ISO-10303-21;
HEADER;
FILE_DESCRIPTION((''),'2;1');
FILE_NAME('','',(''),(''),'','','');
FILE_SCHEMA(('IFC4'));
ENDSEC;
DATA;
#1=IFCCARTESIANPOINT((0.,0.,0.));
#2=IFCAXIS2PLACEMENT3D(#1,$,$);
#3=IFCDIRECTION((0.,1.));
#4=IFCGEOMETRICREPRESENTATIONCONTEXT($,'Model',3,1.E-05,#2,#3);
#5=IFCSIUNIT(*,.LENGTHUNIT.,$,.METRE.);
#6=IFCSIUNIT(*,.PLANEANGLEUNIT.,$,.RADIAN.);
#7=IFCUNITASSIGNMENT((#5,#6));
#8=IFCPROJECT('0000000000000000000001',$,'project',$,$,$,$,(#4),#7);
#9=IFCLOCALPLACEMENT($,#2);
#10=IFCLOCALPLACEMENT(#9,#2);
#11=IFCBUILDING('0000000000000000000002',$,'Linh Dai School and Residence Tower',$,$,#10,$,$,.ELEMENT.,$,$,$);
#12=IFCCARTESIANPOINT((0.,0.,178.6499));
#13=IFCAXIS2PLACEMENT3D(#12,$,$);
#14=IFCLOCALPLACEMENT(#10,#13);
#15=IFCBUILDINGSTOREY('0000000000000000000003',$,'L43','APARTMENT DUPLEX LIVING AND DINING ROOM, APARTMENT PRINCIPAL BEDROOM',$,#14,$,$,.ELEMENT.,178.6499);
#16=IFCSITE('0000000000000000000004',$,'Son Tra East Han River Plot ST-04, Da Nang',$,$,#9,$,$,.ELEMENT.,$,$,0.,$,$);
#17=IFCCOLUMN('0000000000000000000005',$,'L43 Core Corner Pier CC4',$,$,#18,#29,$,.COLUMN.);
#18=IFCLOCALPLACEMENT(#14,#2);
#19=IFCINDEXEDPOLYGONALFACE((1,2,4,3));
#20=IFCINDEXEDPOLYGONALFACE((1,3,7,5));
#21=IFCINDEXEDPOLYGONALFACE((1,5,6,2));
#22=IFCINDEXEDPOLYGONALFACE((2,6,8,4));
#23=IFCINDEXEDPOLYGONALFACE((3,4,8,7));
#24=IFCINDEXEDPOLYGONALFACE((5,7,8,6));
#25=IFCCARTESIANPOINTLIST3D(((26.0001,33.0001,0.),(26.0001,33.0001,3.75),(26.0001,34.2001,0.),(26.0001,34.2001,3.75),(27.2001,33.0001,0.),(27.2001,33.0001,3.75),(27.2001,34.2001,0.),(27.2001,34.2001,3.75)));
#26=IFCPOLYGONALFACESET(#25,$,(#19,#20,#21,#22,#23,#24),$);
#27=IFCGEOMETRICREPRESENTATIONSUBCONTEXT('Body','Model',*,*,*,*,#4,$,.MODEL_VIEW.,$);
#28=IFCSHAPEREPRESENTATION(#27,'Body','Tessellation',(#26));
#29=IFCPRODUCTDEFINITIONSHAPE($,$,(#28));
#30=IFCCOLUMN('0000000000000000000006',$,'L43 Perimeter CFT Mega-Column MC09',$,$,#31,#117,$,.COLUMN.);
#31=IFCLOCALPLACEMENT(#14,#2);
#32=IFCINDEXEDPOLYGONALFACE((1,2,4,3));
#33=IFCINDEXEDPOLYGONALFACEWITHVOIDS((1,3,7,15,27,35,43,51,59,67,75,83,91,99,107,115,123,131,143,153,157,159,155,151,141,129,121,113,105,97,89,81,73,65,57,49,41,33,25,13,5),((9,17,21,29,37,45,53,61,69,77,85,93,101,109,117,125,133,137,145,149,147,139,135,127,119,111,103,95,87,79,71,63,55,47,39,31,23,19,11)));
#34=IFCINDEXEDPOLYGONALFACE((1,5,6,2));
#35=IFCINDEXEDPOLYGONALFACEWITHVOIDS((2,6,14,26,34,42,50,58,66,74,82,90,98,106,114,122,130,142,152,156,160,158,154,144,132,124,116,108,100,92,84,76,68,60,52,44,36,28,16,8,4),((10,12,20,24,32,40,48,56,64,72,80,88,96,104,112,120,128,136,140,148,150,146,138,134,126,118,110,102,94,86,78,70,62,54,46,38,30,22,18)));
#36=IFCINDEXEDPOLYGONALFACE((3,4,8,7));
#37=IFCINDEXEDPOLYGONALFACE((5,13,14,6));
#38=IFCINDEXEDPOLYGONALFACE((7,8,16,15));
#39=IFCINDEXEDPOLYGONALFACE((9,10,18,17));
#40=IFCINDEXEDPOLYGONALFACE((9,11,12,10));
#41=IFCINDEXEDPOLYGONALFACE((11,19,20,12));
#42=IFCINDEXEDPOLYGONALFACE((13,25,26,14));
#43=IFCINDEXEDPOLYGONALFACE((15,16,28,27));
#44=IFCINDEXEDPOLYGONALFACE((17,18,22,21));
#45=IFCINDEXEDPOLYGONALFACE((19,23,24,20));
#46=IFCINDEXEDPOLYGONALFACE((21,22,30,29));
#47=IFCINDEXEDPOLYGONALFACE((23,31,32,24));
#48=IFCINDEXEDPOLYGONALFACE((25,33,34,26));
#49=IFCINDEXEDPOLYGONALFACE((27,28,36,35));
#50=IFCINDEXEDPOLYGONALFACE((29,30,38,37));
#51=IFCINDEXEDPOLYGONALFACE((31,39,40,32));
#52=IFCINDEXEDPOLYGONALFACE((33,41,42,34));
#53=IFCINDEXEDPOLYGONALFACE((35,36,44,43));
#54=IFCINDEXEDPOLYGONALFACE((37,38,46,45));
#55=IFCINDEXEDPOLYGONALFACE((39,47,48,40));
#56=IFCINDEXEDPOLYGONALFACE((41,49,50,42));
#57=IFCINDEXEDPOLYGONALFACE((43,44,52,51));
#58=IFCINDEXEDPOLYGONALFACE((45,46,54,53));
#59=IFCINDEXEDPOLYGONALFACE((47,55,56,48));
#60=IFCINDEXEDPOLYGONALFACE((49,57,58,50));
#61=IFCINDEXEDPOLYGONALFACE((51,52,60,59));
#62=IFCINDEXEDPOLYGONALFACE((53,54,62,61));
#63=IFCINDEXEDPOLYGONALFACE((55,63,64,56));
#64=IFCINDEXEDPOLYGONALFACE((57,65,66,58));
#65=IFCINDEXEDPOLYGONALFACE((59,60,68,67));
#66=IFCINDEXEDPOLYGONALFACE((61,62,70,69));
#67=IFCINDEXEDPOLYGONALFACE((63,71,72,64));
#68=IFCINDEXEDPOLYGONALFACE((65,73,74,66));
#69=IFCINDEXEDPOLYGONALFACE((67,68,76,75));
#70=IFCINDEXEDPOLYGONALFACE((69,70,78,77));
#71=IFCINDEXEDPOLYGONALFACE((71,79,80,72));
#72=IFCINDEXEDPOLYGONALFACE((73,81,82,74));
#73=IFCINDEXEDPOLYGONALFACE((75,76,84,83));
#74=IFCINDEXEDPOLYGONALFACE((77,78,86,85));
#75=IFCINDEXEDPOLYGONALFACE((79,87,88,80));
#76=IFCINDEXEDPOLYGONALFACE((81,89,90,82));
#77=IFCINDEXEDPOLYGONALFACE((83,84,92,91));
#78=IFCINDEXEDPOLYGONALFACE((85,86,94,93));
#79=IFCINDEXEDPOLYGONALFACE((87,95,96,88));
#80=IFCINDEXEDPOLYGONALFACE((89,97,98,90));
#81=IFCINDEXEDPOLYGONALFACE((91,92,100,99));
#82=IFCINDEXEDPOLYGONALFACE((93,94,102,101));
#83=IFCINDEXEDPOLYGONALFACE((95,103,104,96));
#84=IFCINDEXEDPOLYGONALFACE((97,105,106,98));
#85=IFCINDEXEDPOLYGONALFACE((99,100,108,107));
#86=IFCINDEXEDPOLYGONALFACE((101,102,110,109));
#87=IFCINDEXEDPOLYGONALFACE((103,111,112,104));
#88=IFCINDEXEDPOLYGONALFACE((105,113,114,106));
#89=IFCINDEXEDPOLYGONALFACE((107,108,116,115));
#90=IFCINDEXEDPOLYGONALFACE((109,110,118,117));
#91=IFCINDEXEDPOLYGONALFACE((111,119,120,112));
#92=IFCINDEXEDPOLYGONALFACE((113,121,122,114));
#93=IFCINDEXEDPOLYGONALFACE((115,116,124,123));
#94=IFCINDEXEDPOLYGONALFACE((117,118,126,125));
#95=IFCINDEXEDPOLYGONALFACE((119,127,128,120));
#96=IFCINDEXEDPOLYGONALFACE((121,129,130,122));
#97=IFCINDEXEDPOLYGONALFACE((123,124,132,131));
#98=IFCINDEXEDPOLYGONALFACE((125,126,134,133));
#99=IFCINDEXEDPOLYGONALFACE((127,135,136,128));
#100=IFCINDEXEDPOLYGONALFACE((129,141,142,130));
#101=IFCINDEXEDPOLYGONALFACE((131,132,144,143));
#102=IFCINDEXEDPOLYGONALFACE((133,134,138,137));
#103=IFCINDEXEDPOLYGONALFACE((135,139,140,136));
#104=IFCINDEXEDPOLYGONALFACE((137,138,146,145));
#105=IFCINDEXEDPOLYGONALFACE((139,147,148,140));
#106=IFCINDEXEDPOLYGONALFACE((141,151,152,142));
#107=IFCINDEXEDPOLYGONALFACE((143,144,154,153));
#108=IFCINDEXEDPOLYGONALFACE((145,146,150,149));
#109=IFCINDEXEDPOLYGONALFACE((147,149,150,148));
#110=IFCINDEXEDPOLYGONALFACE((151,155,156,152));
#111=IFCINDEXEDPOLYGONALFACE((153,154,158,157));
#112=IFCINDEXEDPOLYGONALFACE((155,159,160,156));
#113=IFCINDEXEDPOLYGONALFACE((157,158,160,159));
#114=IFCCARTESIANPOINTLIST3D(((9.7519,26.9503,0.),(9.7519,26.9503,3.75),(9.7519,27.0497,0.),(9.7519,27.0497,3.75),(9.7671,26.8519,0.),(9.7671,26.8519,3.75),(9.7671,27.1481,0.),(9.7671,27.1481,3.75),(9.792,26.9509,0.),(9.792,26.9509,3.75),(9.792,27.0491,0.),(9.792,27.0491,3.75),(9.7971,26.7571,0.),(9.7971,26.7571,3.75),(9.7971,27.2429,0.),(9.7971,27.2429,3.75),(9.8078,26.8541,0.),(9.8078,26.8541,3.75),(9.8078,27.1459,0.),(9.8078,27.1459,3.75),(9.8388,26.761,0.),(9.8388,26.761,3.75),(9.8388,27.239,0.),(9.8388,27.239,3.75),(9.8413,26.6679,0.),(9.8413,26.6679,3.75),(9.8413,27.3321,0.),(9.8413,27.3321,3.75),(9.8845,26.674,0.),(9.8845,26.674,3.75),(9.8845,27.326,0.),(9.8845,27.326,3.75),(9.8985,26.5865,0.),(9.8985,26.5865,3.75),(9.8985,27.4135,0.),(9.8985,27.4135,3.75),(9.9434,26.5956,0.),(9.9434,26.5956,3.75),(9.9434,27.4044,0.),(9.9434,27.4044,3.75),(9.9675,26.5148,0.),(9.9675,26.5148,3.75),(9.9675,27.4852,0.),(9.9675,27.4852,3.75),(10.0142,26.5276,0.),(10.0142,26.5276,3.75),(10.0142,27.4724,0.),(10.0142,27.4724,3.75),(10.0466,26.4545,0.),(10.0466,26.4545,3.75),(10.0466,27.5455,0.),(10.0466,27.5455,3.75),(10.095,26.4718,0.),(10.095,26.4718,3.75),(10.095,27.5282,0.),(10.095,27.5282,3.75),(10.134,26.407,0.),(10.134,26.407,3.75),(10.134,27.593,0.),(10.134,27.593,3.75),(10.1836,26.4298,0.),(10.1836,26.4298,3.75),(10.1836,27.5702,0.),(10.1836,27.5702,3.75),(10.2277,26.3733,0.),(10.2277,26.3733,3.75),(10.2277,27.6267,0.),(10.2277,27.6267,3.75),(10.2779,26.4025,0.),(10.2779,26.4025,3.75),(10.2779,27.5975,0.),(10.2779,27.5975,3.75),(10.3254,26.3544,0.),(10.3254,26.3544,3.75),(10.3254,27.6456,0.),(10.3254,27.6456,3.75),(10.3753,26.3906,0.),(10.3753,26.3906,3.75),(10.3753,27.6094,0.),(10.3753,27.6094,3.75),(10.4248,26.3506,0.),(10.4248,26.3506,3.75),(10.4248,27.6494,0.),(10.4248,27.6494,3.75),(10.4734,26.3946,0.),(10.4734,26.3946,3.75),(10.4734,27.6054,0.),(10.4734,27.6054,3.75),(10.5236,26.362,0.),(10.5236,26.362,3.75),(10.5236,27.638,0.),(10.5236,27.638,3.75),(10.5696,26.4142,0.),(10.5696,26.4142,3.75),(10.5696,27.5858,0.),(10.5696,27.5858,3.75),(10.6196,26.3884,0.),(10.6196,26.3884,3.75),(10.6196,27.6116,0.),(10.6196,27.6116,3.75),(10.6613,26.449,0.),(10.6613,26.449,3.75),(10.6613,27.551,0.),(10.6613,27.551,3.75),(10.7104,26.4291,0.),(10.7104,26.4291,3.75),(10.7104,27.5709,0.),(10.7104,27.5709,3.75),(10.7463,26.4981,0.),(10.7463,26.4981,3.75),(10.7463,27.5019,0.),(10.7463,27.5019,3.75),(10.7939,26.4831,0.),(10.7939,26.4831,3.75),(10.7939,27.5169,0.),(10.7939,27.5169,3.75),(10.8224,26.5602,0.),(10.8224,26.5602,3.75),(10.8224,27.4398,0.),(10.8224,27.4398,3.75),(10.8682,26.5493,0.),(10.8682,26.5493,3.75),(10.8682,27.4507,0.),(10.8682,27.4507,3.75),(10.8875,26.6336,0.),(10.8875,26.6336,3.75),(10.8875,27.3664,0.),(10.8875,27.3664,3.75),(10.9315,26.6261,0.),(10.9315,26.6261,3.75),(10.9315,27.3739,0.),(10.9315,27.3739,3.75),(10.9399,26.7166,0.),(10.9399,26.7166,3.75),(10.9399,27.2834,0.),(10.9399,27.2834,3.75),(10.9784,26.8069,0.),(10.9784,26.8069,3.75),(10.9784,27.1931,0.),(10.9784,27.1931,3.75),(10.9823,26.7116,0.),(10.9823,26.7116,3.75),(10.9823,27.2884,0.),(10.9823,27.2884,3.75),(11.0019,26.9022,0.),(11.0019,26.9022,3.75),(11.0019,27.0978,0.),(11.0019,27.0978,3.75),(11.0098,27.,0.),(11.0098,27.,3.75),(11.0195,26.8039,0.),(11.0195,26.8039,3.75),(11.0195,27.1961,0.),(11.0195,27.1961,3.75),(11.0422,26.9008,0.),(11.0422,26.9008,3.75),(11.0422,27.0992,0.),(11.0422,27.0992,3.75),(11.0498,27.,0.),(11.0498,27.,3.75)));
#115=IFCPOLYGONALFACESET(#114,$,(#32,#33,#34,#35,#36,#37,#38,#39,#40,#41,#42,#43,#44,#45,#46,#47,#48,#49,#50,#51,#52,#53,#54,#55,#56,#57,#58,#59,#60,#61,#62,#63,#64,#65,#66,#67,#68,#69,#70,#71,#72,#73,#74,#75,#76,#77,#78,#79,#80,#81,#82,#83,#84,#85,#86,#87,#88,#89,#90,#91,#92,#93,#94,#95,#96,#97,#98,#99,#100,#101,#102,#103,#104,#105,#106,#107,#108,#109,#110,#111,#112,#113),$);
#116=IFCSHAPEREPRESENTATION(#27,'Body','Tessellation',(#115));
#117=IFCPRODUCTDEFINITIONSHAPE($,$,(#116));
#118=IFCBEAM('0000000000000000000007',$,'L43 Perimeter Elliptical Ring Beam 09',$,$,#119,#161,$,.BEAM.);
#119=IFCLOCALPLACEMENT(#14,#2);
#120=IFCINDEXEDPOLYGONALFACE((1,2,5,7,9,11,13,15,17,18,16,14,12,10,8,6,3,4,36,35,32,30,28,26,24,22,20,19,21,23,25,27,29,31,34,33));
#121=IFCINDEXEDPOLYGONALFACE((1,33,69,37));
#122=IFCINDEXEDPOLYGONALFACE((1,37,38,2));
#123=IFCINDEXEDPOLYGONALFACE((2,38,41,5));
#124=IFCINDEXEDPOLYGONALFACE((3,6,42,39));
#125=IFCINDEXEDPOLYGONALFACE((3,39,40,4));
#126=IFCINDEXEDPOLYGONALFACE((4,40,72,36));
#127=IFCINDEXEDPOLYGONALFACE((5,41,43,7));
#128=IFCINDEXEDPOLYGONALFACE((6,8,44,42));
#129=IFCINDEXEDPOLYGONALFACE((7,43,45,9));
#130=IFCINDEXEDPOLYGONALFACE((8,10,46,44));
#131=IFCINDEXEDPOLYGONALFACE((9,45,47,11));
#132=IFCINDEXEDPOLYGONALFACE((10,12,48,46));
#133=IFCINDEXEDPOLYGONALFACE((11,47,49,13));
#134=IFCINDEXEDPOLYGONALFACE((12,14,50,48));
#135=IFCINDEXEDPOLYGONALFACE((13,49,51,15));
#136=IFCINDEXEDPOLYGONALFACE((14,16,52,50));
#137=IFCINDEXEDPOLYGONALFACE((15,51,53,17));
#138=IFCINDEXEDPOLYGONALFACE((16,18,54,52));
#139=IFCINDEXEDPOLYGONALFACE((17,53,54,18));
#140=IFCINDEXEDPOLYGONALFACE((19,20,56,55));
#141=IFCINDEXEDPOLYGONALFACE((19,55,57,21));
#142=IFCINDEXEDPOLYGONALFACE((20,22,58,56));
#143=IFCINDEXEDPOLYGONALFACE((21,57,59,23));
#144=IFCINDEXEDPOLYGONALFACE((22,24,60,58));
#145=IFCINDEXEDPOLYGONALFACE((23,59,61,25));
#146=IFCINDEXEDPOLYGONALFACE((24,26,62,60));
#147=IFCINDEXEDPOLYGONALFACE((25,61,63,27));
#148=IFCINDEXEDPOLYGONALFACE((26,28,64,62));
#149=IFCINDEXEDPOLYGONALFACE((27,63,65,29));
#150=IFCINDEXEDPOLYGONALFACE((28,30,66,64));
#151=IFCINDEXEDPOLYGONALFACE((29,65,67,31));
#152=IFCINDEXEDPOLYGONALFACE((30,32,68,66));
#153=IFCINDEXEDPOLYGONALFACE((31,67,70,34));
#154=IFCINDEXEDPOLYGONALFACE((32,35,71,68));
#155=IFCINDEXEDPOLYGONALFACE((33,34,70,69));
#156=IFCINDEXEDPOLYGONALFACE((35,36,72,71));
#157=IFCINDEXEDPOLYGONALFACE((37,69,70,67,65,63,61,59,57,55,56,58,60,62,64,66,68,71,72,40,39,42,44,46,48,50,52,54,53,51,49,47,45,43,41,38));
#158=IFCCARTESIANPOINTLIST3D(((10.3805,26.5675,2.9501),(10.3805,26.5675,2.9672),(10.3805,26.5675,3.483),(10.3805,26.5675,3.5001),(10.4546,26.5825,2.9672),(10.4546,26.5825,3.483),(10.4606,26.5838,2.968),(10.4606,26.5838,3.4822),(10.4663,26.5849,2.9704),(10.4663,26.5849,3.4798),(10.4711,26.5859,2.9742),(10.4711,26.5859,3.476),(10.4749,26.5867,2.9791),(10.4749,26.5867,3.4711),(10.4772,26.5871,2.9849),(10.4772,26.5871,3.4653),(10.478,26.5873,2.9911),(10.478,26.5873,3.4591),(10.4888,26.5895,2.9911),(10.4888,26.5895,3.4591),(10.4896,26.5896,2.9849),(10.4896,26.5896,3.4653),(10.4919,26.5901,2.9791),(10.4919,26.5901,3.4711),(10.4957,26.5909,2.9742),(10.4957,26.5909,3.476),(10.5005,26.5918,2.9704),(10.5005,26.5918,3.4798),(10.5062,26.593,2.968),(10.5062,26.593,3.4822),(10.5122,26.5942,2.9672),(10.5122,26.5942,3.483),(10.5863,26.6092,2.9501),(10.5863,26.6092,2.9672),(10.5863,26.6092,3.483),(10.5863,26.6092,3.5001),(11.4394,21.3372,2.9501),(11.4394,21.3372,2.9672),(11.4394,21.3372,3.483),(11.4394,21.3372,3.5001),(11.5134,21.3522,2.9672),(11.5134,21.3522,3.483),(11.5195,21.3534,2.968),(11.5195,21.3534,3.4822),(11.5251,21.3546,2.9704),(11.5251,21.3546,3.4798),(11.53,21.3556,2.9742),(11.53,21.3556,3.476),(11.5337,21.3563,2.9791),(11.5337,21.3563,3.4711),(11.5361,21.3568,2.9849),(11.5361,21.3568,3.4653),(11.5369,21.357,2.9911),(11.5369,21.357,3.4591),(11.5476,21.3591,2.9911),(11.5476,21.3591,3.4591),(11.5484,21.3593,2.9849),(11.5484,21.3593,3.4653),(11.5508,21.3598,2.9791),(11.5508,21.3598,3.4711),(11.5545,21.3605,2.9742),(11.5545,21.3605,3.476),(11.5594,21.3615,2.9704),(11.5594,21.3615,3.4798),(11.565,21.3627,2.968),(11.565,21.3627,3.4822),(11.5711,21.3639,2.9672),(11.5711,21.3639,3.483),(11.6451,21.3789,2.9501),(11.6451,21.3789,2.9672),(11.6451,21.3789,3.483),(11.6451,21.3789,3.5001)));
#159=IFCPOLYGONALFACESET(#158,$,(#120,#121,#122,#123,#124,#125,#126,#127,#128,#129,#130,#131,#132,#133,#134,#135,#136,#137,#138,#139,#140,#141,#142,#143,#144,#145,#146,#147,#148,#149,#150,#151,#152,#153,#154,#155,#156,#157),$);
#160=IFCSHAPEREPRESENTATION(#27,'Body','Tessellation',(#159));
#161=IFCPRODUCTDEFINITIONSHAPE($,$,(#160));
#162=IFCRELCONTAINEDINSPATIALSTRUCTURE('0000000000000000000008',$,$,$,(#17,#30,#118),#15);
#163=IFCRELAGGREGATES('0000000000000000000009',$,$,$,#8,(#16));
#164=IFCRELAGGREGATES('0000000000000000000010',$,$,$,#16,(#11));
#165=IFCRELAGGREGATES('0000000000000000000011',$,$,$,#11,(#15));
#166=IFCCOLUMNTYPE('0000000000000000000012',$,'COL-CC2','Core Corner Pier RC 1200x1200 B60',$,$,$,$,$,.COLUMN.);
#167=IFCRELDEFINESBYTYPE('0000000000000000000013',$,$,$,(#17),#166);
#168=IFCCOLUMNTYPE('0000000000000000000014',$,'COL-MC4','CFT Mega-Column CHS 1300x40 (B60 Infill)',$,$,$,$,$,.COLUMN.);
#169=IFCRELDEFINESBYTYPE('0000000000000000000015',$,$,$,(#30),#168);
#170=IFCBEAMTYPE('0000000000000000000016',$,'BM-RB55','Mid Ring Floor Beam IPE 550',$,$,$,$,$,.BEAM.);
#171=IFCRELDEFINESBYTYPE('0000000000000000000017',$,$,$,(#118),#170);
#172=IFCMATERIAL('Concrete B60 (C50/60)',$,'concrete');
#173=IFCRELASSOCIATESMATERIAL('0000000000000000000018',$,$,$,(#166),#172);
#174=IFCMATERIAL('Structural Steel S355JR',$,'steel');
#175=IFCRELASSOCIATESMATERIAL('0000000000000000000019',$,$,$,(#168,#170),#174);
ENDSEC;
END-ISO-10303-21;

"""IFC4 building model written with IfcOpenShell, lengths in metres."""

from ifc_helpers import new_model, si_unit, direction, frame, origin, origin_2d, place, context, subcontext, project, spatial, rectangle, hollow_circle, i_section, extrude, material, material_profile, profile_set, type_object, element, save


model = new_model("IFC4")

# Units and contexts
model_context = context("Model", 3, precision=1e-05, world=origin(), true_north=direction((0.0, 1.0)))
body_context = subcontext(model_context, "Body", "Model", "MODEL_VIEW")
ifc_project = project(units=[si_unit("LENGTHUNIT", "METRE"), si_unit("PLANEANGLEUNIT", "RADIAN")], contexts=[model_context])

# Site, building, storey
site_placement = place(None, origin())
site = spatial("IfcSite", under=ifc_project, at=site_placement, Name="Son Tra East Han River Plot ST-04, Da Nang", CompositionType="ELEMENT", RefElevation=0.0)
building_placement = place(site_placement, origin())
building = spatial("IfcBuilding", under=site, at=building_placement, Name="Linh Dai School and Residence Tower", CompositionType="ELEMENT")
storey_placement = place(building_placement, frame((0.0, 0.0, 178.6499)))
storey = spatial("IfcBuildingStorey", under=building, at=storey_placement, Name="L43", Description="APARTMENT DUPLEX LIVING AND DINING ROOM, APARTMENT PRINCIPAL BEDROOM", CompositionType="ELEMENT", Elevation=178.6499)

# Columns
ifc_material_1 = material(Name="Concrete B60 (C50/60)", Category="concrete")
ifc_material_profile_1 = material_profile(ifc_material_1, rectangle(XDim=1.2, YDim=1.2, at=origin_2d()), Name="RC 1200x1200")
ifc_profile_set_1 = profile_set([ifc_material_profile_1], Name="Concrete B60 (C50/60)")
column_type_1 = type_object("IfcColumnType", Name="COL-CC2", Description="Core Corner Pier RC 1200x1200 B60", PredefinedType="COLUMN", material=ifc_profile_set_1)
column_1_placement = place(storey_placement, frame((26.6001, 33.6001, 0.0), z_axis=(0.0, 0.0, 1.0), x_axis=(1.0, 0.0, 0.0)))
element("IfcColumn", 1, at=column_1_placement, inside=storey, type_object=column_type_1, Name="L43 Core Corner Pier CC4", PredefinedType="COLUMN", context=body_context, shape_type="SweptSolid", body=[
    extrude(rectangle(XDim=1.2, YDim=1.2, at=origin_2d()), origin(), (0.0, 0.0, 1.0), 3.75),
])
ifc_material_2 = material(Name="Structural Steel S355JR", Category="steel")
ifc_material_profile_2 = material_profile(ifc_material_2, hollow_circle(Radius=0.6499, WallThickness=0.04, at=origin_2d()), Name="CHS 1300x40")
ifc_profile_set_2 = profile_set([ifc_material_profile_2], Name="Structural Steel S355JR")
column_type_2 = type_object("IfcColumnType", Name="COL-MC4", Description="CFT Mega-Column CHS 1300x40 (B60 Infill)", PredefinedType="COLUMN", material=ifc_profile_set_2)
column_2_placement = place(storey_placement, frame((10.3999, 27.0, 0.0), z_axis=(0.0, 0.0, 1.0), x_axis=(1.0, 0.0, 0.0)))
element("IfcColumn", 2, at=column_2_placement, inside=storey, type_object=column_type_2, Name="L43 Perimeter CFT Mega-Column MC09", PredefinedType="COLUMN", context=body_context, shape_type="SweptSolid", body=[
    extrude(hollow_circle(Radius=0.6499, WallThickness=0.04, at=origin_2d()), origin(), (0.0, 0.0, 1.0), 3.75),
])

# Beam
ifc_material_profile_3 = material_profile(ifc_material_2, i_section(OverallWidth=0.21, OverallDepth=0.55, WebThickness=0.011, FlangeThickness=0.0171, FilletRadius=0.0239, at=origin_2d()), Name="IPE 550")
ifc_profile_set_3 = profile_set([ifc_material_profile_3], Name="Structural Steel S355JR")
beam_type_1 = type_object("IfcBeamType", Name="BM-RB55", Description="Mid Ring Floor Beam IPE 550", PredefinedType="BEAM", material=ifc_profile_set_3)
beam_1_placement = place(storey_placement, frame((10.4834, 26.5884, 3.2251), z_axis=(0.198421, -0.980117, 0.0), x_axis=(0.980117, 0.198421, 0.0)))
element("IfcBeam", 3, at=beam_1_placement, inside=storey, type_object=beam_type_1, Name="L43 Perimeter Elliptical Ring Beam 09", PredefinedType="BEAM", context=body_context, shape_type="SweptSolid", body=[
    extrude(i_section(OverallWidth=0.21, OverallDepth=0.55, WebThickness=0.011, FlangeThickness=0.0171, FilletRadius=0.0239, at=origin_2d()), origin(), (0.0, 0.0, 1.0), 5.3364),
])

save(model, "model.ifc")
